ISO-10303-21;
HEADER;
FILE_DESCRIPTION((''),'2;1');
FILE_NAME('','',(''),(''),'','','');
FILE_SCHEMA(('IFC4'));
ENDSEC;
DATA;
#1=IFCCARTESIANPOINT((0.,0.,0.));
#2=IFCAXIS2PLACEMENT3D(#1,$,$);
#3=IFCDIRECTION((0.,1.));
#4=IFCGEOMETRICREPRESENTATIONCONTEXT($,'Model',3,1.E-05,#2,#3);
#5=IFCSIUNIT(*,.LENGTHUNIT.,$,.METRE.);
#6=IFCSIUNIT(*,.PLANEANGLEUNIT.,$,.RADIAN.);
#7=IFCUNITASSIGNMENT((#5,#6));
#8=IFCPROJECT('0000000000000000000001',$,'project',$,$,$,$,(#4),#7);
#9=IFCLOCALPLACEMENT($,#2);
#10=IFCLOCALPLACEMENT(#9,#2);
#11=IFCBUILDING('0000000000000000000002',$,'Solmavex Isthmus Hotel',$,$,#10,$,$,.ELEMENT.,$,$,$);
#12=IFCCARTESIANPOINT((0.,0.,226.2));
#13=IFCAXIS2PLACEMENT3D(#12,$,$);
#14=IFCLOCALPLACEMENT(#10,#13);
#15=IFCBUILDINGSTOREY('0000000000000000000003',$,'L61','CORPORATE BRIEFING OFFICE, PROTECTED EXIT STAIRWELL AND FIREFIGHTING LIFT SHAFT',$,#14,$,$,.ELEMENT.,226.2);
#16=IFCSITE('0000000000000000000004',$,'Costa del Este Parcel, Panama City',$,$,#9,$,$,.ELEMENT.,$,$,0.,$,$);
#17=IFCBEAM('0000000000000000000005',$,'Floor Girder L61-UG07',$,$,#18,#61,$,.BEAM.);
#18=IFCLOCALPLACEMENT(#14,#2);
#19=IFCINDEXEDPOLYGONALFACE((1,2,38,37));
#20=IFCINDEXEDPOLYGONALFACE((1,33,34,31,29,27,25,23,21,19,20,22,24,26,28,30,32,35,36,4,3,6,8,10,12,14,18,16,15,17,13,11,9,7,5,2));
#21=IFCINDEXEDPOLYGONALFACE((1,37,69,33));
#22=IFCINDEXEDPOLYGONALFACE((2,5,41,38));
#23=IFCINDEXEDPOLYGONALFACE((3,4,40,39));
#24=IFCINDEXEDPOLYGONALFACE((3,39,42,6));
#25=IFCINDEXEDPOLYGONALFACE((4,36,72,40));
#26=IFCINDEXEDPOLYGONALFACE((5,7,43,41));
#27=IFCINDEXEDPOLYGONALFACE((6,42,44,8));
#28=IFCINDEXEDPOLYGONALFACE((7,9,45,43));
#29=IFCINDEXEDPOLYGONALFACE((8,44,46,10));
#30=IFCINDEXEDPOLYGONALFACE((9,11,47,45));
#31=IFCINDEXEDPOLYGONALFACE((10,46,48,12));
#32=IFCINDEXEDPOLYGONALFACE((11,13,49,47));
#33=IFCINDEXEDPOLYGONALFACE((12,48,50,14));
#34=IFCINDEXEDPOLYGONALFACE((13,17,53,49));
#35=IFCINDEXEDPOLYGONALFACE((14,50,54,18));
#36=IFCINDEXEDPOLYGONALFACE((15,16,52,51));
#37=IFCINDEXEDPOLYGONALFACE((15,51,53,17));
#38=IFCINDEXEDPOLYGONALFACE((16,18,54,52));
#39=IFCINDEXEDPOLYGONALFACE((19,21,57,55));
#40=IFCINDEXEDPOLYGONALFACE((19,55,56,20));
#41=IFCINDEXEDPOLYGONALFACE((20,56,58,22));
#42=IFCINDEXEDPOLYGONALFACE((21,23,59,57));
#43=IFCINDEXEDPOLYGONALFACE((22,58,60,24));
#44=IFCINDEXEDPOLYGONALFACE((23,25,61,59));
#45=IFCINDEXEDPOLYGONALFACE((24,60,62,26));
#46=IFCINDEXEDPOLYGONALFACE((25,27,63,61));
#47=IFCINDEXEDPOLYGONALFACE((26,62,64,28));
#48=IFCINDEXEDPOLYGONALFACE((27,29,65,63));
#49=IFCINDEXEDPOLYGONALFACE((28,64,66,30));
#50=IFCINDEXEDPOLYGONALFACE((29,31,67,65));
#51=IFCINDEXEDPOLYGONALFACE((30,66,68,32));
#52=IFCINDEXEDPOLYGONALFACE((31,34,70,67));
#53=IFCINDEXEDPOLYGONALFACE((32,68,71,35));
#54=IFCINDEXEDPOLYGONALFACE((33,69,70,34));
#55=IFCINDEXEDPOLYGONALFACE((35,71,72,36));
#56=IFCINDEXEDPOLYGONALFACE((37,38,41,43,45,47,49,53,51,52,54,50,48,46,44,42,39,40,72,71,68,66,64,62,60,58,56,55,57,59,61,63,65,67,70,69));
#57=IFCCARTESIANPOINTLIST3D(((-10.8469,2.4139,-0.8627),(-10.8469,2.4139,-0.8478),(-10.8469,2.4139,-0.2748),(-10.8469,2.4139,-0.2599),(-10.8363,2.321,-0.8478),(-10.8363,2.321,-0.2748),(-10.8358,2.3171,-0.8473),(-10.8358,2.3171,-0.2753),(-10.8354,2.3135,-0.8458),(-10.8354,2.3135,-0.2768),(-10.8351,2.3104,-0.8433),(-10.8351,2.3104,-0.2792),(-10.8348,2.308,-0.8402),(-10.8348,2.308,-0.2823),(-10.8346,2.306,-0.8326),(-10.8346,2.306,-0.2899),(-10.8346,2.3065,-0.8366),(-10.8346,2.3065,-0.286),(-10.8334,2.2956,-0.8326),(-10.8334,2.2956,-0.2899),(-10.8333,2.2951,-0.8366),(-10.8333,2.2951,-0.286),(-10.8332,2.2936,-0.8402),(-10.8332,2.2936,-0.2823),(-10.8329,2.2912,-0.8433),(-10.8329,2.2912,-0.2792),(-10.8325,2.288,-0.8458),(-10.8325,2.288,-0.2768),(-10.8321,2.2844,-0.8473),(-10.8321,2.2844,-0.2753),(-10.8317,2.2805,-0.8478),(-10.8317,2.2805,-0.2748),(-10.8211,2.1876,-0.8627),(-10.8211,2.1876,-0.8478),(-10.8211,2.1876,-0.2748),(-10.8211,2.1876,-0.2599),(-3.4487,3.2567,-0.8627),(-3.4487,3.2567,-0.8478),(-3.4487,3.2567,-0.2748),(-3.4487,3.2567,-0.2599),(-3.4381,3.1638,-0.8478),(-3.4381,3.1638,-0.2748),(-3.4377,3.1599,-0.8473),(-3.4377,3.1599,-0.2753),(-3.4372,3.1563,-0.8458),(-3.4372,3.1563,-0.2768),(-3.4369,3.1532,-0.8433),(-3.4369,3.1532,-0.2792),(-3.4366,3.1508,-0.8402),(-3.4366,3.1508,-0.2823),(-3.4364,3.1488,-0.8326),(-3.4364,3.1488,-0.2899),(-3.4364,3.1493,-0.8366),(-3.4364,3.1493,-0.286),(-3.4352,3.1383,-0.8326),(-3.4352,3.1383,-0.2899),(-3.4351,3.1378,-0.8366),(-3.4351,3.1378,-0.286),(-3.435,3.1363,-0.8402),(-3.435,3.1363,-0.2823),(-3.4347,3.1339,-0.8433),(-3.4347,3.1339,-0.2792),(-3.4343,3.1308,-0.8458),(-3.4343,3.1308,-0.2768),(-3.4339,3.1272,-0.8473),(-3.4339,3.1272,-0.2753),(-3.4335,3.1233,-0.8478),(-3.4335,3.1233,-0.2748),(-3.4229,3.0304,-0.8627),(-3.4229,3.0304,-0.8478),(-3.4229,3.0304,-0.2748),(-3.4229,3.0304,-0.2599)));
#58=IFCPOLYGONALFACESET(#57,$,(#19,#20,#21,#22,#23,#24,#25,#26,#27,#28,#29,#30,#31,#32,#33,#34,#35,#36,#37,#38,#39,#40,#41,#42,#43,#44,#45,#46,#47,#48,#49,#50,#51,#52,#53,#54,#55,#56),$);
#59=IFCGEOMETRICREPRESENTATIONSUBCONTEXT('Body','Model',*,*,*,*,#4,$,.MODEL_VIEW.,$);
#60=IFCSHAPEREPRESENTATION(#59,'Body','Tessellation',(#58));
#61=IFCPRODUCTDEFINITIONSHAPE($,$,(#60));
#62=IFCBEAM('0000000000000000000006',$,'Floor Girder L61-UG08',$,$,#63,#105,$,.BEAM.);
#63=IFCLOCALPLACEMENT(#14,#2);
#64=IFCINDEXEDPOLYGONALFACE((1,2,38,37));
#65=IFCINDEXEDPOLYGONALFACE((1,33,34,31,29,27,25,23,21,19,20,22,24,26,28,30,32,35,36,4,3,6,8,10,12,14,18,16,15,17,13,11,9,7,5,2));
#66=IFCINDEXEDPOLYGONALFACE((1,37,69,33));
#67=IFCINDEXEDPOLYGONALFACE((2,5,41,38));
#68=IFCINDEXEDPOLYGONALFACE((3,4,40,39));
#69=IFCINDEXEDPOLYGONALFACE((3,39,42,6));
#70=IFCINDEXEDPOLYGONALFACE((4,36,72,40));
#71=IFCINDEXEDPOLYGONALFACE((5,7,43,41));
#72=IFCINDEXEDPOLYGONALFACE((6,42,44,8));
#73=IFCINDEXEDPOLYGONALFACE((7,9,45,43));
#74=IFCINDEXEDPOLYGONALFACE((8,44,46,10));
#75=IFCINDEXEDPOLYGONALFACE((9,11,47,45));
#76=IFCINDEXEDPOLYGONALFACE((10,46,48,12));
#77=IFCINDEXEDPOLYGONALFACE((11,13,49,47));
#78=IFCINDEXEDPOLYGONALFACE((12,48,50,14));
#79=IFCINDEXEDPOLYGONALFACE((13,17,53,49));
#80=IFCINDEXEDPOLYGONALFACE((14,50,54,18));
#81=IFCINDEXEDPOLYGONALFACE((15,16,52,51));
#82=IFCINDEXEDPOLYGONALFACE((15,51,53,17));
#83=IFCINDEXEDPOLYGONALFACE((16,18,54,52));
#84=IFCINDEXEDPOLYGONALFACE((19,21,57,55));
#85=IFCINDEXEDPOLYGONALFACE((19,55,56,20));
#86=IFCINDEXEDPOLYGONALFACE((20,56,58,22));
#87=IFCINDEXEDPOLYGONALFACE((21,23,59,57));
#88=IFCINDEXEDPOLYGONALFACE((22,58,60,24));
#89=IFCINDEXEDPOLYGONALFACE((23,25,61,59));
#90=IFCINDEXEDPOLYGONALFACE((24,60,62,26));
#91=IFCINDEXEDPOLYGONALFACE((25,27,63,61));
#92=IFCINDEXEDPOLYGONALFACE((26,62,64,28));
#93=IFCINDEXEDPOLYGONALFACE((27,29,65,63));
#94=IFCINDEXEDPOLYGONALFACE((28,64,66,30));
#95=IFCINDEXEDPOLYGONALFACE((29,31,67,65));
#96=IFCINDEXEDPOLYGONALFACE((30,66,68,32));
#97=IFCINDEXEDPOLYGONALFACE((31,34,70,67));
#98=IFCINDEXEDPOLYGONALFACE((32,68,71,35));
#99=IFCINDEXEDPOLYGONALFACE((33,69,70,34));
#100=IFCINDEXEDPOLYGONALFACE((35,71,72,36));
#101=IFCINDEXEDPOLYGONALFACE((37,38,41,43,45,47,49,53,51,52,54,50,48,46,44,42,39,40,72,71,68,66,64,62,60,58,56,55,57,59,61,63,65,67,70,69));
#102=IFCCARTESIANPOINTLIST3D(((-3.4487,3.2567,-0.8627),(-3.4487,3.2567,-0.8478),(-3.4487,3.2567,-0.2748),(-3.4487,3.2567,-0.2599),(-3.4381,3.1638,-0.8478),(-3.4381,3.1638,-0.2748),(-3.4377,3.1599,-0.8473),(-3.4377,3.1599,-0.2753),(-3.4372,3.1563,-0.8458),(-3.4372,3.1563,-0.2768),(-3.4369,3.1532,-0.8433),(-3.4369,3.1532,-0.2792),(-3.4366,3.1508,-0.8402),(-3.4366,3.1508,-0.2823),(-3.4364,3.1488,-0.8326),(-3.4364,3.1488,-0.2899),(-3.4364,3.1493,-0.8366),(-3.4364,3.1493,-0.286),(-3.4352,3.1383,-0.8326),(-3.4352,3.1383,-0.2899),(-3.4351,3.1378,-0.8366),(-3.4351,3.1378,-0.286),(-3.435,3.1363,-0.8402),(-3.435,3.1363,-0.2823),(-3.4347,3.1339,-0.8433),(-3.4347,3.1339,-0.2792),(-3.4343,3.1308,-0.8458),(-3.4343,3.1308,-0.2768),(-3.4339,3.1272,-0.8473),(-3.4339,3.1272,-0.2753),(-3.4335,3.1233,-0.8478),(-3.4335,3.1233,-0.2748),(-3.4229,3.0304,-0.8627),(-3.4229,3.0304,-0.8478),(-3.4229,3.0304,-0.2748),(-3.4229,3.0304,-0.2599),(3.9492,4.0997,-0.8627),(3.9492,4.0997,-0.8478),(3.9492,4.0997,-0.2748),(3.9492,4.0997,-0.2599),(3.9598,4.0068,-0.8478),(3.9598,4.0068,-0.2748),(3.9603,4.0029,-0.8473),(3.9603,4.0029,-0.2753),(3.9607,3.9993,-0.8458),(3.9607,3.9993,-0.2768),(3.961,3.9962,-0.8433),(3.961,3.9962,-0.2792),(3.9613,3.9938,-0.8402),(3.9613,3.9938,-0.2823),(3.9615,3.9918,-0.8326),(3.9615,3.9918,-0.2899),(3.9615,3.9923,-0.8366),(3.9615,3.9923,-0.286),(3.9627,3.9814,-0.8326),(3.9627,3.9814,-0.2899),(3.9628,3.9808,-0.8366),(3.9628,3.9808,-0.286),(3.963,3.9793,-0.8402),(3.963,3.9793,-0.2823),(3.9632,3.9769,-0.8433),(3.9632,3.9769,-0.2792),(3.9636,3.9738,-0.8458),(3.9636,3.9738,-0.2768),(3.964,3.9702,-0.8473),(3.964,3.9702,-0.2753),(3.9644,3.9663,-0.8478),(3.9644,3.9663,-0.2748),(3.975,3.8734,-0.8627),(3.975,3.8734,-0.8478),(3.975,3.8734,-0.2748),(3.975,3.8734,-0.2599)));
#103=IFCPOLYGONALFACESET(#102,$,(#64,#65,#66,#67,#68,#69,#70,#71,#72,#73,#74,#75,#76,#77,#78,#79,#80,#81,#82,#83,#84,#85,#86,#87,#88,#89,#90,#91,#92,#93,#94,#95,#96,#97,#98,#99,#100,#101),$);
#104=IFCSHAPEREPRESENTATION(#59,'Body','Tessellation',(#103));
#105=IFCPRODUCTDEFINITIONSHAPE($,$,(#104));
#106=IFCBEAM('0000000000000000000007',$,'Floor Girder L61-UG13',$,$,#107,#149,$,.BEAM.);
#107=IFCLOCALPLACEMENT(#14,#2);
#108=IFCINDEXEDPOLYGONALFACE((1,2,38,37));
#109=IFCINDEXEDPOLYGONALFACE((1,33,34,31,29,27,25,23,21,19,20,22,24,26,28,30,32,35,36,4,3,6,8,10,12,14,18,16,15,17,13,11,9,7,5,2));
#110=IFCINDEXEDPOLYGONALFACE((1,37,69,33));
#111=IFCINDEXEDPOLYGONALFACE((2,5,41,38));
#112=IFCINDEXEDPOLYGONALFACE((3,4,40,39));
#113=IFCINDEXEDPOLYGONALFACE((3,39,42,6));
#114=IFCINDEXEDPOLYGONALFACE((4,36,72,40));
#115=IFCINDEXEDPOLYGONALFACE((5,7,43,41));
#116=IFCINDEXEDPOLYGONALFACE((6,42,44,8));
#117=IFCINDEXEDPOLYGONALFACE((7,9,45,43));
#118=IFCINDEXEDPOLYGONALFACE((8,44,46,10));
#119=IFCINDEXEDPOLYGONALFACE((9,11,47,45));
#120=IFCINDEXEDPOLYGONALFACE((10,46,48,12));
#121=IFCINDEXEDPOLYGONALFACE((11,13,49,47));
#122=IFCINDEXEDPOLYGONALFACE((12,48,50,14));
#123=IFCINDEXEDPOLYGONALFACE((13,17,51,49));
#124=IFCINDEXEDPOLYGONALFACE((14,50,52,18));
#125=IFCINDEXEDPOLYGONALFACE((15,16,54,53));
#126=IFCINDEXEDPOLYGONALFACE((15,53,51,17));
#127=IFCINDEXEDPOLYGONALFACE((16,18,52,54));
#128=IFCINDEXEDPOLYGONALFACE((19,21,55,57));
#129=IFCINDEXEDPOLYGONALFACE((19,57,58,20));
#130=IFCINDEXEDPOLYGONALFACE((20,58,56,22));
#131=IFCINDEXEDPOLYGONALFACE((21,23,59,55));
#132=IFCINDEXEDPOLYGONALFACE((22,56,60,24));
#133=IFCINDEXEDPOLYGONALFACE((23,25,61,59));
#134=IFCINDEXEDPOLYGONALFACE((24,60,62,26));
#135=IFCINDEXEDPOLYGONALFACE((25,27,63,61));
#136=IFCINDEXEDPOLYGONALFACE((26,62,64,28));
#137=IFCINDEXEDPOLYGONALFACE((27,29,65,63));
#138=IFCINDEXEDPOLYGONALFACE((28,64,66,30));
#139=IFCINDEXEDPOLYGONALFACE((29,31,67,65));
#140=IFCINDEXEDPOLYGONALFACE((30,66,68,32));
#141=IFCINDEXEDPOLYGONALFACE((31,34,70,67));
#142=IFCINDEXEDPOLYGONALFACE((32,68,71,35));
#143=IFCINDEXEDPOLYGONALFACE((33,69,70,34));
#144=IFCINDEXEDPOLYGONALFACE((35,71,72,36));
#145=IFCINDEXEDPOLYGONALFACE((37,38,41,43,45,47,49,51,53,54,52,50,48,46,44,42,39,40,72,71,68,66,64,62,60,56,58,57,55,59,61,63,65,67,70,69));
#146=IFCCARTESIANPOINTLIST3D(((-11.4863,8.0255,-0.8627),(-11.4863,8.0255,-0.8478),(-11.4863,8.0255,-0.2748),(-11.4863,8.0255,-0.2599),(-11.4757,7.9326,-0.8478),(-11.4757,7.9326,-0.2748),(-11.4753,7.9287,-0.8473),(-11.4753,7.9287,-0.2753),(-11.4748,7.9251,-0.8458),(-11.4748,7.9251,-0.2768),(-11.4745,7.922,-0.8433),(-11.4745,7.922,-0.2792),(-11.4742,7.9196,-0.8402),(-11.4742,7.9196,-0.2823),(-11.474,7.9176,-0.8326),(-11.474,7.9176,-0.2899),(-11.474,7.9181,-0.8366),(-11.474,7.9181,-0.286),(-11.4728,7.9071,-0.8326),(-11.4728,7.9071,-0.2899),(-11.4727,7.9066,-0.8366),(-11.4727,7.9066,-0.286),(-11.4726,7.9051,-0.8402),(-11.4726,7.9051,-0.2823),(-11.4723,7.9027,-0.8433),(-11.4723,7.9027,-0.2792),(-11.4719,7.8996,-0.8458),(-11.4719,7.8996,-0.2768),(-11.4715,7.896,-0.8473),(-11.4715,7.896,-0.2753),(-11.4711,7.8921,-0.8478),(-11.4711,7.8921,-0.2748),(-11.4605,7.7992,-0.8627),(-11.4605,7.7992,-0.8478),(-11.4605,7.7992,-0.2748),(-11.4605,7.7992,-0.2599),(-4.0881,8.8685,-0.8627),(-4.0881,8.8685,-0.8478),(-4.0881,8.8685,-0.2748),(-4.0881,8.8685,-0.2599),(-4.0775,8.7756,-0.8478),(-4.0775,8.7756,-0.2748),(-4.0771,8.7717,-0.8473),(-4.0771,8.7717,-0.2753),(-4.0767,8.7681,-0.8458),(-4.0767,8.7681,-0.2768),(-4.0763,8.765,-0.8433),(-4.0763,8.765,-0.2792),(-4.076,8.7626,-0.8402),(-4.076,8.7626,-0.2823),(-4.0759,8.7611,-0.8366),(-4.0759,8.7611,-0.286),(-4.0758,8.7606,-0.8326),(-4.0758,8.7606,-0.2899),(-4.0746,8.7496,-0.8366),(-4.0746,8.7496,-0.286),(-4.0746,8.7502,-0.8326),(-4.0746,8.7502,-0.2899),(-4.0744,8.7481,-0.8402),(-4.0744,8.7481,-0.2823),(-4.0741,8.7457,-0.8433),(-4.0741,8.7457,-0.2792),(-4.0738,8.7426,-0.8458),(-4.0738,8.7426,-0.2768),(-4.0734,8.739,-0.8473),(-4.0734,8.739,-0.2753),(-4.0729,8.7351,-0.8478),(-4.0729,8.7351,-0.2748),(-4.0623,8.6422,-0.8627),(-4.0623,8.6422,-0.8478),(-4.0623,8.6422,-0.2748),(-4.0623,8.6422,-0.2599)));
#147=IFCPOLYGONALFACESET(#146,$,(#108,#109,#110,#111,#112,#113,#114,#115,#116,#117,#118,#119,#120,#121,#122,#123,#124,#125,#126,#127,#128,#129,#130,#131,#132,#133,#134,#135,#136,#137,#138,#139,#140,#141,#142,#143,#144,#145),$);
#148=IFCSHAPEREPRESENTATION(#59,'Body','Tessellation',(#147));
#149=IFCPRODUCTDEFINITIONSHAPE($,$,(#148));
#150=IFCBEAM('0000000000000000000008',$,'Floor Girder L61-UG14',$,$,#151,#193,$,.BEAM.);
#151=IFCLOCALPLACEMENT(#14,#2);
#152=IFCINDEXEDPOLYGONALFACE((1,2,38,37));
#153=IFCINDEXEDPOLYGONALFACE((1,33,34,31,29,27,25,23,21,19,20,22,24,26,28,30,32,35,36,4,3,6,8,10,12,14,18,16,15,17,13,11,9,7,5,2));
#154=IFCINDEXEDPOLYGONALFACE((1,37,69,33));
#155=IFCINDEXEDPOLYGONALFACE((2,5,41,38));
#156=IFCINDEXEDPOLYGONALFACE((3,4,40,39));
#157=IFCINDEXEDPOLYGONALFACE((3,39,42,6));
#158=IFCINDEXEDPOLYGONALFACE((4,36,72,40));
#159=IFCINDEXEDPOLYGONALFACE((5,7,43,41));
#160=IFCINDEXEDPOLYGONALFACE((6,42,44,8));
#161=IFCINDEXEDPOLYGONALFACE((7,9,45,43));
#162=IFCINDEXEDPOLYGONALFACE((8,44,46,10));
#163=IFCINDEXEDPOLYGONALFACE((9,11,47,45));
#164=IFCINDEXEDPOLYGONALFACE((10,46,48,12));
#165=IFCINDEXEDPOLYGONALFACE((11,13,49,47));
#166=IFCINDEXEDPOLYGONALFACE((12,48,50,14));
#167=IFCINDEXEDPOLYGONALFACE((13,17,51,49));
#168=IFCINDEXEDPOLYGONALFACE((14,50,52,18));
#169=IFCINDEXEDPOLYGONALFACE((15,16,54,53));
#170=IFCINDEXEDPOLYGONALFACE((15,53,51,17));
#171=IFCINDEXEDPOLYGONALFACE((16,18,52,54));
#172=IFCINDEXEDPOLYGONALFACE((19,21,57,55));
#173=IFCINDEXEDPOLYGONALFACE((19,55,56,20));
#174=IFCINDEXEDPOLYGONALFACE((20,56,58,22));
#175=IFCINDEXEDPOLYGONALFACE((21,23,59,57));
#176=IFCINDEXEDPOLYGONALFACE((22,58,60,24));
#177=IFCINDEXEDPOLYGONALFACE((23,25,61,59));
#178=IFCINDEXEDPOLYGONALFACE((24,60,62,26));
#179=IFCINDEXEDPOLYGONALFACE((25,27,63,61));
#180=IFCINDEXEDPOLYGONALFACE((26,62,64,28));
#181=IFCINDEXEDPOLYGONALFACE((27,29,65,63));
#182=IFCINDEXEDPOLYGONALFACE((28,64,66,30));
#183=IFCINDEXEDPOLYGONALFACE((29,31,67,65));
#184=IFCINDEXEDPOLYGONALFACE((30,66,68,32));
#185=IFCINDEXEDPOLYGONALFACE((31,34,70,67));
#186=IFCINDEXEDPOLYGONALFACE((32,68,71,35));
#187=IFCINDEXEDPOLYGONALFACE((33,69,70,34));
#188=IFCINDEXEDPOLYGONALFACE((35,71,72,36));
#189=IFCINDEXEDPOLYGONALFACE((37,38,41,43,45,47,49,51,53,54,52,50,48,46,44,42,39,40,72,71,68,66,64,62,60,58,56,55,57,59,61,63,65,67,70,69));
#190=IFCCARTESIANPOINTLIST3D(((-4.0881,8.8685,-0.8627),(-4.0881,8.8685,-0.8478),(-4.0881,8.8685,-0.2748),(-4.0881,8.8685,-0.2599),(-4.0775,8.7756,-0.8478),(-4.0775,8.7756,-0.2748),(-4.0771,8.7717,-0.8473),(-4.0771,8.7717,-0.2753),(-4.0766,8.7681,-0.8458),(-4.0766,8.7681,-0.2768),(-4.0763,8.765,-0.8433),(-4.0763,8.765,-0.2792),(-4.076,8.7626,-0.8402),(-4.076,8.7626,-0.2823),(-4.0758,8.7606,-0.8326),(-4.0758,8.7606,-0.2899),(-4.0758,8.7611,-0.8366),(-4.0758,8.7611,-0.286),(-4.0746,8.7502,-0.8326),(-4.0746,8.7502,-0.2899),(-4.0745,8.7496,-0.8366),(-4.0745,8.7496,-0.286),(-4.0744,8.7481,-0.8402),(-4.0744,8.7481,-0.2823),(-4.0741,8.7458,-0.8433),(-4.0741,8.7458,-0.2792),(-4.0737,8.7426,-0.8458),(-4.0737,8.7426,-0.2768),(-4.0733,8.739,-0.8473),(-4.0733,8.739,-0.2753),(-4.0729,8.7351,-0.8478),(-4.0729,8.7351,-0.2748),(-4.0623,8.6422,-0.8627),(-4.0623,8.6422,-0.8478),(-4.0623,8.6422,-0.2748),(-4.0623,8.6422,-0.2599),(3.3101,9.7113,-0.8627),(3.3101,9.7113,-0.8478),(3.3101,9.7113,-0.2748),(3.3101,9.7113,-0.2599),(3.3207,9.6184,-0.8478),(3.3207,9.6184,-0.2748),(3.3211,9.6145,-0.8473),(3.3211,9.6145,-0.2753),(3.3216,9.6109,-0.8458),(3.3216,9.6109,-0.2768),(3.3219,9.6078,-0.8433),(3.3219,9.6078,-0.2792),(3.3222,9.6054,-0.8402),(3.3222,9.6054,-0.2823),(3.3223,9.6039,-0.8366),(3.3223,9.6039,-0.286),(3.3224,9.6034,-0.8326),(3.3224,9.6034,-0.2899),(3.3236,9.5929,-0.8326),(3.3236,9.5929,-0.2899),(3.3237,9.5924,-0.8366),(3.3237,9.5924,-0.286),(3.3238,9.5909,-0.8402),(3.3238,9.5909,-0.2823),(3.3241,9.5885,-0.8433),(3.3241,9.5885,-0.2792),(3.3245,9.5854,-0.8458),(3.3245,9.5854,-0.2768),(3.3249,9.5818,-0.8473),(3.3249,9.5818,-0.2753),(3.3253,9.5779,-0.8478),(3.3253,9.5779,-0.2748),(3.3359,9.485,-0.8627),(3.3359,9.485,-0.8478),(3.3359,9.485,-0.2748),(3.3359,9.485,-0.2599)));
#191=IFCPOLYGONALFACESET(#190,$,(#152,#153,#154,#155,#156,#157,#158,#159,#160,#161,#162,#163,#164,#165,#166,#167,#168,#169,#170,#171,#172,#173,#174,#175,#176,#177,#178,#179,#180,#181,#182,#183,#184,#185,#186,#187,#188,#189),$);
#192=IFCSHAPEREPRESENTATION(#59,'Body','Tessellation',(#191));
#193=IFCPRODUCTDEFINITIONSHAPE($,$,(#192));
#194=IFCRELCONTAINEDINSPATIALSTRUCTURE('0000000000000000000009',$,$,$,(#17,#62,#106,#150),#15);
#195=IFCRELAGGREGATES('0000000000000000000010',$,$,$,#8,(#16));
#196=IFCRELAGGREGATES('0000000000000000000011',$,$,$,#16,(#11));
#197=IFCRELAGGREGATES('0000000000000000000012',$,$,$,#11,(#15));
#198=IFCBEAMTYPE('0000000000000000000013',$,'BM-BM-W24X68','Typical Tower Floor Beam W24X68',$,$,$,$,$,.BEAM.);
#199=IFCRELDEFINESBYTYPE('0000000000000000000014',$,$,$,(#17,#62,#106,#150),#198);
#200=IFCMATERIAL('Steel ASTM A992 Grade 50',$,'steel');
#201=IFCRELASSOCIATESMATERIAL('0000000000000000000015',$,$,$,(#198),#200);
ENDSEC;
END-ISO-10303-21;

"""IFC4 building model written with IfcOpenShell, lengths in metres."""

from ifc_helpers import new_model, si_unit, direction, frame, origin, origin_2d, place, context, subcontext, project, spatial, i_section, extrude, material, material_profile, profile_set, type_object, element, save


model = new_model("IFC4")

# Units and contexts
model_context = context("Model", 3, precision=1e-05, world=origin(), true_north=direction((0.0, 1.0)))
body_context = subcontext(model_context, "Body", "Model", "MODEL_VIEW")
ifc_project = project(units=[si_unit("LENGTHUNIT", "METRE"), si_unit("PLANEANGLEUNIT", "RADIAN")], contexts=[model_context])

# Site, building, storey
site_placement = place(None, origin())
site = spatial("IfcSite", under=ifc_project, at=site_placement, Name="Costa del Este Parcel, Panama City", CompositionType="ELEMENT", RefElevation=0.0)
building_placement = place(site_placement, origin())
building = spatial("IfcBuilding", under=site, at=building_placement, Name="Solmavex Isthmus Hotel", CompositionType="ELEMENT")
storey_placement = place(building_placement, frame((0.0, 0.0, 226.2)))
storey = spatial("IfcBuildingStorey", under=building, at=storey_placement, Name="L61", Description="CORPORATE BRIEFING OFFICE, PROTECTED EXIT STAIRWELL AND FIREFIGHTING LIFT SHAFT", CompositionType="ELEMENT", Elevation=226.2)

# Beams
ifc_material_1 = material(Name="Steel ASTM A992 Grade 50", Category="steel")
ifc_material_profile_1 = material_profile(ifc_material_1, i_section(OverallWidth=0.2278, OverallDepth=0.6028, WebThickness=0.0105, FlangeThickness=0.0149, FilletRadius=0.0151, at=origin_2d()), Name="W24X68")
ifc_profile_set_1 = profile_set([ifc_material_profile_1], Name="Steel ASTM A992 Grade 50")
beam_type_1 = type_object("IfcBeamType", Name="BM-BM-W24X68", Description="Typical Tower Floor Beam W24X68", PredefinedType="BEAM", material=ifc_profile_set_1)
beam_1_placement = place(storey_placement, frame((-10.834, 2.3008, -0.5613), z_axis=(0.993574, 0.113184, 0.0), x_axis=(-0.113184, 0.993574, 0.0)))
element("IfcBeam", 1, at=beam_1_placement, inside=storey, type_object=beam_type_1, Name="Floor Girder L61-UG07", PredefinedType="BEAM", context=body_context, shape_type="SweptSolid", body=[
    extrude(i_section(OverallWidth=0.2278, OverallDepth=0.6028, WebThickness=0.0105, FlangeThickness=0.0149, FilletRadius=0.0151, at=origin_2d()), origin(), (0.0, 0.0, 1.0), 7.446),
])
beam_2_placement = place(storey_placement, frame((-3.4358, 3.1436, -0.5613), z_axis=(0.99357, 0.11322, 0.0), x_axis=(-0.11322, 0.99357, 0.0)))
element("IfcBeam", 2, at=beam_2_placement, inside=storey, type_object=beam_type_1, Name="Floor Girder L61-UG08", PredefinedType="BEAM", context=body_context, shape_type="SweptSolid", body=[
    extrude(i_section(OverallWidth=0.2278, OverallDepth=0.6028, WebThickness=0.0105, FlangeThickness=0.0149, FilletRadius=0.0151, at=origin_2d()), origin(), (0.0, 0.0, 1.0), 7.4458),
])
for number, where, z_axis, x_axis, name in (
    (3, (-11.4734, 7.9124, -0.5613), (0.99357, 0.113216, 0.0), (-0.113216, 0.99357, 0.0), "Floor Girder L61-UG13"),
    (4, (-4.0752, 8.7554, -0.5613), (0.993574, 0.113184, 0.0), (-0.113184, 0.993574, 0.0), "Floor Girder L61-UG14"),
):
    element("IfcBeam", number, at=place(storey_placement, frame(where, z_axis=z_axis, x_axis=x_axis)), inside=storey, type_object=beam_type_1, Name=name, PredefinedType="BEAM", context=body_context, shape_type="SweptSolid", body=[
        extrude(i_section(OverallWidth=0.2278, OverallDepth=0.6028, WebThickness=0.0105, FlangeThickness=0.0149, FilletRadius=0.0151, at=origin_2d()), origin(), (0.0, 0.0, 1.0), 7.446),
    ])

save(model, "model.ifc")
